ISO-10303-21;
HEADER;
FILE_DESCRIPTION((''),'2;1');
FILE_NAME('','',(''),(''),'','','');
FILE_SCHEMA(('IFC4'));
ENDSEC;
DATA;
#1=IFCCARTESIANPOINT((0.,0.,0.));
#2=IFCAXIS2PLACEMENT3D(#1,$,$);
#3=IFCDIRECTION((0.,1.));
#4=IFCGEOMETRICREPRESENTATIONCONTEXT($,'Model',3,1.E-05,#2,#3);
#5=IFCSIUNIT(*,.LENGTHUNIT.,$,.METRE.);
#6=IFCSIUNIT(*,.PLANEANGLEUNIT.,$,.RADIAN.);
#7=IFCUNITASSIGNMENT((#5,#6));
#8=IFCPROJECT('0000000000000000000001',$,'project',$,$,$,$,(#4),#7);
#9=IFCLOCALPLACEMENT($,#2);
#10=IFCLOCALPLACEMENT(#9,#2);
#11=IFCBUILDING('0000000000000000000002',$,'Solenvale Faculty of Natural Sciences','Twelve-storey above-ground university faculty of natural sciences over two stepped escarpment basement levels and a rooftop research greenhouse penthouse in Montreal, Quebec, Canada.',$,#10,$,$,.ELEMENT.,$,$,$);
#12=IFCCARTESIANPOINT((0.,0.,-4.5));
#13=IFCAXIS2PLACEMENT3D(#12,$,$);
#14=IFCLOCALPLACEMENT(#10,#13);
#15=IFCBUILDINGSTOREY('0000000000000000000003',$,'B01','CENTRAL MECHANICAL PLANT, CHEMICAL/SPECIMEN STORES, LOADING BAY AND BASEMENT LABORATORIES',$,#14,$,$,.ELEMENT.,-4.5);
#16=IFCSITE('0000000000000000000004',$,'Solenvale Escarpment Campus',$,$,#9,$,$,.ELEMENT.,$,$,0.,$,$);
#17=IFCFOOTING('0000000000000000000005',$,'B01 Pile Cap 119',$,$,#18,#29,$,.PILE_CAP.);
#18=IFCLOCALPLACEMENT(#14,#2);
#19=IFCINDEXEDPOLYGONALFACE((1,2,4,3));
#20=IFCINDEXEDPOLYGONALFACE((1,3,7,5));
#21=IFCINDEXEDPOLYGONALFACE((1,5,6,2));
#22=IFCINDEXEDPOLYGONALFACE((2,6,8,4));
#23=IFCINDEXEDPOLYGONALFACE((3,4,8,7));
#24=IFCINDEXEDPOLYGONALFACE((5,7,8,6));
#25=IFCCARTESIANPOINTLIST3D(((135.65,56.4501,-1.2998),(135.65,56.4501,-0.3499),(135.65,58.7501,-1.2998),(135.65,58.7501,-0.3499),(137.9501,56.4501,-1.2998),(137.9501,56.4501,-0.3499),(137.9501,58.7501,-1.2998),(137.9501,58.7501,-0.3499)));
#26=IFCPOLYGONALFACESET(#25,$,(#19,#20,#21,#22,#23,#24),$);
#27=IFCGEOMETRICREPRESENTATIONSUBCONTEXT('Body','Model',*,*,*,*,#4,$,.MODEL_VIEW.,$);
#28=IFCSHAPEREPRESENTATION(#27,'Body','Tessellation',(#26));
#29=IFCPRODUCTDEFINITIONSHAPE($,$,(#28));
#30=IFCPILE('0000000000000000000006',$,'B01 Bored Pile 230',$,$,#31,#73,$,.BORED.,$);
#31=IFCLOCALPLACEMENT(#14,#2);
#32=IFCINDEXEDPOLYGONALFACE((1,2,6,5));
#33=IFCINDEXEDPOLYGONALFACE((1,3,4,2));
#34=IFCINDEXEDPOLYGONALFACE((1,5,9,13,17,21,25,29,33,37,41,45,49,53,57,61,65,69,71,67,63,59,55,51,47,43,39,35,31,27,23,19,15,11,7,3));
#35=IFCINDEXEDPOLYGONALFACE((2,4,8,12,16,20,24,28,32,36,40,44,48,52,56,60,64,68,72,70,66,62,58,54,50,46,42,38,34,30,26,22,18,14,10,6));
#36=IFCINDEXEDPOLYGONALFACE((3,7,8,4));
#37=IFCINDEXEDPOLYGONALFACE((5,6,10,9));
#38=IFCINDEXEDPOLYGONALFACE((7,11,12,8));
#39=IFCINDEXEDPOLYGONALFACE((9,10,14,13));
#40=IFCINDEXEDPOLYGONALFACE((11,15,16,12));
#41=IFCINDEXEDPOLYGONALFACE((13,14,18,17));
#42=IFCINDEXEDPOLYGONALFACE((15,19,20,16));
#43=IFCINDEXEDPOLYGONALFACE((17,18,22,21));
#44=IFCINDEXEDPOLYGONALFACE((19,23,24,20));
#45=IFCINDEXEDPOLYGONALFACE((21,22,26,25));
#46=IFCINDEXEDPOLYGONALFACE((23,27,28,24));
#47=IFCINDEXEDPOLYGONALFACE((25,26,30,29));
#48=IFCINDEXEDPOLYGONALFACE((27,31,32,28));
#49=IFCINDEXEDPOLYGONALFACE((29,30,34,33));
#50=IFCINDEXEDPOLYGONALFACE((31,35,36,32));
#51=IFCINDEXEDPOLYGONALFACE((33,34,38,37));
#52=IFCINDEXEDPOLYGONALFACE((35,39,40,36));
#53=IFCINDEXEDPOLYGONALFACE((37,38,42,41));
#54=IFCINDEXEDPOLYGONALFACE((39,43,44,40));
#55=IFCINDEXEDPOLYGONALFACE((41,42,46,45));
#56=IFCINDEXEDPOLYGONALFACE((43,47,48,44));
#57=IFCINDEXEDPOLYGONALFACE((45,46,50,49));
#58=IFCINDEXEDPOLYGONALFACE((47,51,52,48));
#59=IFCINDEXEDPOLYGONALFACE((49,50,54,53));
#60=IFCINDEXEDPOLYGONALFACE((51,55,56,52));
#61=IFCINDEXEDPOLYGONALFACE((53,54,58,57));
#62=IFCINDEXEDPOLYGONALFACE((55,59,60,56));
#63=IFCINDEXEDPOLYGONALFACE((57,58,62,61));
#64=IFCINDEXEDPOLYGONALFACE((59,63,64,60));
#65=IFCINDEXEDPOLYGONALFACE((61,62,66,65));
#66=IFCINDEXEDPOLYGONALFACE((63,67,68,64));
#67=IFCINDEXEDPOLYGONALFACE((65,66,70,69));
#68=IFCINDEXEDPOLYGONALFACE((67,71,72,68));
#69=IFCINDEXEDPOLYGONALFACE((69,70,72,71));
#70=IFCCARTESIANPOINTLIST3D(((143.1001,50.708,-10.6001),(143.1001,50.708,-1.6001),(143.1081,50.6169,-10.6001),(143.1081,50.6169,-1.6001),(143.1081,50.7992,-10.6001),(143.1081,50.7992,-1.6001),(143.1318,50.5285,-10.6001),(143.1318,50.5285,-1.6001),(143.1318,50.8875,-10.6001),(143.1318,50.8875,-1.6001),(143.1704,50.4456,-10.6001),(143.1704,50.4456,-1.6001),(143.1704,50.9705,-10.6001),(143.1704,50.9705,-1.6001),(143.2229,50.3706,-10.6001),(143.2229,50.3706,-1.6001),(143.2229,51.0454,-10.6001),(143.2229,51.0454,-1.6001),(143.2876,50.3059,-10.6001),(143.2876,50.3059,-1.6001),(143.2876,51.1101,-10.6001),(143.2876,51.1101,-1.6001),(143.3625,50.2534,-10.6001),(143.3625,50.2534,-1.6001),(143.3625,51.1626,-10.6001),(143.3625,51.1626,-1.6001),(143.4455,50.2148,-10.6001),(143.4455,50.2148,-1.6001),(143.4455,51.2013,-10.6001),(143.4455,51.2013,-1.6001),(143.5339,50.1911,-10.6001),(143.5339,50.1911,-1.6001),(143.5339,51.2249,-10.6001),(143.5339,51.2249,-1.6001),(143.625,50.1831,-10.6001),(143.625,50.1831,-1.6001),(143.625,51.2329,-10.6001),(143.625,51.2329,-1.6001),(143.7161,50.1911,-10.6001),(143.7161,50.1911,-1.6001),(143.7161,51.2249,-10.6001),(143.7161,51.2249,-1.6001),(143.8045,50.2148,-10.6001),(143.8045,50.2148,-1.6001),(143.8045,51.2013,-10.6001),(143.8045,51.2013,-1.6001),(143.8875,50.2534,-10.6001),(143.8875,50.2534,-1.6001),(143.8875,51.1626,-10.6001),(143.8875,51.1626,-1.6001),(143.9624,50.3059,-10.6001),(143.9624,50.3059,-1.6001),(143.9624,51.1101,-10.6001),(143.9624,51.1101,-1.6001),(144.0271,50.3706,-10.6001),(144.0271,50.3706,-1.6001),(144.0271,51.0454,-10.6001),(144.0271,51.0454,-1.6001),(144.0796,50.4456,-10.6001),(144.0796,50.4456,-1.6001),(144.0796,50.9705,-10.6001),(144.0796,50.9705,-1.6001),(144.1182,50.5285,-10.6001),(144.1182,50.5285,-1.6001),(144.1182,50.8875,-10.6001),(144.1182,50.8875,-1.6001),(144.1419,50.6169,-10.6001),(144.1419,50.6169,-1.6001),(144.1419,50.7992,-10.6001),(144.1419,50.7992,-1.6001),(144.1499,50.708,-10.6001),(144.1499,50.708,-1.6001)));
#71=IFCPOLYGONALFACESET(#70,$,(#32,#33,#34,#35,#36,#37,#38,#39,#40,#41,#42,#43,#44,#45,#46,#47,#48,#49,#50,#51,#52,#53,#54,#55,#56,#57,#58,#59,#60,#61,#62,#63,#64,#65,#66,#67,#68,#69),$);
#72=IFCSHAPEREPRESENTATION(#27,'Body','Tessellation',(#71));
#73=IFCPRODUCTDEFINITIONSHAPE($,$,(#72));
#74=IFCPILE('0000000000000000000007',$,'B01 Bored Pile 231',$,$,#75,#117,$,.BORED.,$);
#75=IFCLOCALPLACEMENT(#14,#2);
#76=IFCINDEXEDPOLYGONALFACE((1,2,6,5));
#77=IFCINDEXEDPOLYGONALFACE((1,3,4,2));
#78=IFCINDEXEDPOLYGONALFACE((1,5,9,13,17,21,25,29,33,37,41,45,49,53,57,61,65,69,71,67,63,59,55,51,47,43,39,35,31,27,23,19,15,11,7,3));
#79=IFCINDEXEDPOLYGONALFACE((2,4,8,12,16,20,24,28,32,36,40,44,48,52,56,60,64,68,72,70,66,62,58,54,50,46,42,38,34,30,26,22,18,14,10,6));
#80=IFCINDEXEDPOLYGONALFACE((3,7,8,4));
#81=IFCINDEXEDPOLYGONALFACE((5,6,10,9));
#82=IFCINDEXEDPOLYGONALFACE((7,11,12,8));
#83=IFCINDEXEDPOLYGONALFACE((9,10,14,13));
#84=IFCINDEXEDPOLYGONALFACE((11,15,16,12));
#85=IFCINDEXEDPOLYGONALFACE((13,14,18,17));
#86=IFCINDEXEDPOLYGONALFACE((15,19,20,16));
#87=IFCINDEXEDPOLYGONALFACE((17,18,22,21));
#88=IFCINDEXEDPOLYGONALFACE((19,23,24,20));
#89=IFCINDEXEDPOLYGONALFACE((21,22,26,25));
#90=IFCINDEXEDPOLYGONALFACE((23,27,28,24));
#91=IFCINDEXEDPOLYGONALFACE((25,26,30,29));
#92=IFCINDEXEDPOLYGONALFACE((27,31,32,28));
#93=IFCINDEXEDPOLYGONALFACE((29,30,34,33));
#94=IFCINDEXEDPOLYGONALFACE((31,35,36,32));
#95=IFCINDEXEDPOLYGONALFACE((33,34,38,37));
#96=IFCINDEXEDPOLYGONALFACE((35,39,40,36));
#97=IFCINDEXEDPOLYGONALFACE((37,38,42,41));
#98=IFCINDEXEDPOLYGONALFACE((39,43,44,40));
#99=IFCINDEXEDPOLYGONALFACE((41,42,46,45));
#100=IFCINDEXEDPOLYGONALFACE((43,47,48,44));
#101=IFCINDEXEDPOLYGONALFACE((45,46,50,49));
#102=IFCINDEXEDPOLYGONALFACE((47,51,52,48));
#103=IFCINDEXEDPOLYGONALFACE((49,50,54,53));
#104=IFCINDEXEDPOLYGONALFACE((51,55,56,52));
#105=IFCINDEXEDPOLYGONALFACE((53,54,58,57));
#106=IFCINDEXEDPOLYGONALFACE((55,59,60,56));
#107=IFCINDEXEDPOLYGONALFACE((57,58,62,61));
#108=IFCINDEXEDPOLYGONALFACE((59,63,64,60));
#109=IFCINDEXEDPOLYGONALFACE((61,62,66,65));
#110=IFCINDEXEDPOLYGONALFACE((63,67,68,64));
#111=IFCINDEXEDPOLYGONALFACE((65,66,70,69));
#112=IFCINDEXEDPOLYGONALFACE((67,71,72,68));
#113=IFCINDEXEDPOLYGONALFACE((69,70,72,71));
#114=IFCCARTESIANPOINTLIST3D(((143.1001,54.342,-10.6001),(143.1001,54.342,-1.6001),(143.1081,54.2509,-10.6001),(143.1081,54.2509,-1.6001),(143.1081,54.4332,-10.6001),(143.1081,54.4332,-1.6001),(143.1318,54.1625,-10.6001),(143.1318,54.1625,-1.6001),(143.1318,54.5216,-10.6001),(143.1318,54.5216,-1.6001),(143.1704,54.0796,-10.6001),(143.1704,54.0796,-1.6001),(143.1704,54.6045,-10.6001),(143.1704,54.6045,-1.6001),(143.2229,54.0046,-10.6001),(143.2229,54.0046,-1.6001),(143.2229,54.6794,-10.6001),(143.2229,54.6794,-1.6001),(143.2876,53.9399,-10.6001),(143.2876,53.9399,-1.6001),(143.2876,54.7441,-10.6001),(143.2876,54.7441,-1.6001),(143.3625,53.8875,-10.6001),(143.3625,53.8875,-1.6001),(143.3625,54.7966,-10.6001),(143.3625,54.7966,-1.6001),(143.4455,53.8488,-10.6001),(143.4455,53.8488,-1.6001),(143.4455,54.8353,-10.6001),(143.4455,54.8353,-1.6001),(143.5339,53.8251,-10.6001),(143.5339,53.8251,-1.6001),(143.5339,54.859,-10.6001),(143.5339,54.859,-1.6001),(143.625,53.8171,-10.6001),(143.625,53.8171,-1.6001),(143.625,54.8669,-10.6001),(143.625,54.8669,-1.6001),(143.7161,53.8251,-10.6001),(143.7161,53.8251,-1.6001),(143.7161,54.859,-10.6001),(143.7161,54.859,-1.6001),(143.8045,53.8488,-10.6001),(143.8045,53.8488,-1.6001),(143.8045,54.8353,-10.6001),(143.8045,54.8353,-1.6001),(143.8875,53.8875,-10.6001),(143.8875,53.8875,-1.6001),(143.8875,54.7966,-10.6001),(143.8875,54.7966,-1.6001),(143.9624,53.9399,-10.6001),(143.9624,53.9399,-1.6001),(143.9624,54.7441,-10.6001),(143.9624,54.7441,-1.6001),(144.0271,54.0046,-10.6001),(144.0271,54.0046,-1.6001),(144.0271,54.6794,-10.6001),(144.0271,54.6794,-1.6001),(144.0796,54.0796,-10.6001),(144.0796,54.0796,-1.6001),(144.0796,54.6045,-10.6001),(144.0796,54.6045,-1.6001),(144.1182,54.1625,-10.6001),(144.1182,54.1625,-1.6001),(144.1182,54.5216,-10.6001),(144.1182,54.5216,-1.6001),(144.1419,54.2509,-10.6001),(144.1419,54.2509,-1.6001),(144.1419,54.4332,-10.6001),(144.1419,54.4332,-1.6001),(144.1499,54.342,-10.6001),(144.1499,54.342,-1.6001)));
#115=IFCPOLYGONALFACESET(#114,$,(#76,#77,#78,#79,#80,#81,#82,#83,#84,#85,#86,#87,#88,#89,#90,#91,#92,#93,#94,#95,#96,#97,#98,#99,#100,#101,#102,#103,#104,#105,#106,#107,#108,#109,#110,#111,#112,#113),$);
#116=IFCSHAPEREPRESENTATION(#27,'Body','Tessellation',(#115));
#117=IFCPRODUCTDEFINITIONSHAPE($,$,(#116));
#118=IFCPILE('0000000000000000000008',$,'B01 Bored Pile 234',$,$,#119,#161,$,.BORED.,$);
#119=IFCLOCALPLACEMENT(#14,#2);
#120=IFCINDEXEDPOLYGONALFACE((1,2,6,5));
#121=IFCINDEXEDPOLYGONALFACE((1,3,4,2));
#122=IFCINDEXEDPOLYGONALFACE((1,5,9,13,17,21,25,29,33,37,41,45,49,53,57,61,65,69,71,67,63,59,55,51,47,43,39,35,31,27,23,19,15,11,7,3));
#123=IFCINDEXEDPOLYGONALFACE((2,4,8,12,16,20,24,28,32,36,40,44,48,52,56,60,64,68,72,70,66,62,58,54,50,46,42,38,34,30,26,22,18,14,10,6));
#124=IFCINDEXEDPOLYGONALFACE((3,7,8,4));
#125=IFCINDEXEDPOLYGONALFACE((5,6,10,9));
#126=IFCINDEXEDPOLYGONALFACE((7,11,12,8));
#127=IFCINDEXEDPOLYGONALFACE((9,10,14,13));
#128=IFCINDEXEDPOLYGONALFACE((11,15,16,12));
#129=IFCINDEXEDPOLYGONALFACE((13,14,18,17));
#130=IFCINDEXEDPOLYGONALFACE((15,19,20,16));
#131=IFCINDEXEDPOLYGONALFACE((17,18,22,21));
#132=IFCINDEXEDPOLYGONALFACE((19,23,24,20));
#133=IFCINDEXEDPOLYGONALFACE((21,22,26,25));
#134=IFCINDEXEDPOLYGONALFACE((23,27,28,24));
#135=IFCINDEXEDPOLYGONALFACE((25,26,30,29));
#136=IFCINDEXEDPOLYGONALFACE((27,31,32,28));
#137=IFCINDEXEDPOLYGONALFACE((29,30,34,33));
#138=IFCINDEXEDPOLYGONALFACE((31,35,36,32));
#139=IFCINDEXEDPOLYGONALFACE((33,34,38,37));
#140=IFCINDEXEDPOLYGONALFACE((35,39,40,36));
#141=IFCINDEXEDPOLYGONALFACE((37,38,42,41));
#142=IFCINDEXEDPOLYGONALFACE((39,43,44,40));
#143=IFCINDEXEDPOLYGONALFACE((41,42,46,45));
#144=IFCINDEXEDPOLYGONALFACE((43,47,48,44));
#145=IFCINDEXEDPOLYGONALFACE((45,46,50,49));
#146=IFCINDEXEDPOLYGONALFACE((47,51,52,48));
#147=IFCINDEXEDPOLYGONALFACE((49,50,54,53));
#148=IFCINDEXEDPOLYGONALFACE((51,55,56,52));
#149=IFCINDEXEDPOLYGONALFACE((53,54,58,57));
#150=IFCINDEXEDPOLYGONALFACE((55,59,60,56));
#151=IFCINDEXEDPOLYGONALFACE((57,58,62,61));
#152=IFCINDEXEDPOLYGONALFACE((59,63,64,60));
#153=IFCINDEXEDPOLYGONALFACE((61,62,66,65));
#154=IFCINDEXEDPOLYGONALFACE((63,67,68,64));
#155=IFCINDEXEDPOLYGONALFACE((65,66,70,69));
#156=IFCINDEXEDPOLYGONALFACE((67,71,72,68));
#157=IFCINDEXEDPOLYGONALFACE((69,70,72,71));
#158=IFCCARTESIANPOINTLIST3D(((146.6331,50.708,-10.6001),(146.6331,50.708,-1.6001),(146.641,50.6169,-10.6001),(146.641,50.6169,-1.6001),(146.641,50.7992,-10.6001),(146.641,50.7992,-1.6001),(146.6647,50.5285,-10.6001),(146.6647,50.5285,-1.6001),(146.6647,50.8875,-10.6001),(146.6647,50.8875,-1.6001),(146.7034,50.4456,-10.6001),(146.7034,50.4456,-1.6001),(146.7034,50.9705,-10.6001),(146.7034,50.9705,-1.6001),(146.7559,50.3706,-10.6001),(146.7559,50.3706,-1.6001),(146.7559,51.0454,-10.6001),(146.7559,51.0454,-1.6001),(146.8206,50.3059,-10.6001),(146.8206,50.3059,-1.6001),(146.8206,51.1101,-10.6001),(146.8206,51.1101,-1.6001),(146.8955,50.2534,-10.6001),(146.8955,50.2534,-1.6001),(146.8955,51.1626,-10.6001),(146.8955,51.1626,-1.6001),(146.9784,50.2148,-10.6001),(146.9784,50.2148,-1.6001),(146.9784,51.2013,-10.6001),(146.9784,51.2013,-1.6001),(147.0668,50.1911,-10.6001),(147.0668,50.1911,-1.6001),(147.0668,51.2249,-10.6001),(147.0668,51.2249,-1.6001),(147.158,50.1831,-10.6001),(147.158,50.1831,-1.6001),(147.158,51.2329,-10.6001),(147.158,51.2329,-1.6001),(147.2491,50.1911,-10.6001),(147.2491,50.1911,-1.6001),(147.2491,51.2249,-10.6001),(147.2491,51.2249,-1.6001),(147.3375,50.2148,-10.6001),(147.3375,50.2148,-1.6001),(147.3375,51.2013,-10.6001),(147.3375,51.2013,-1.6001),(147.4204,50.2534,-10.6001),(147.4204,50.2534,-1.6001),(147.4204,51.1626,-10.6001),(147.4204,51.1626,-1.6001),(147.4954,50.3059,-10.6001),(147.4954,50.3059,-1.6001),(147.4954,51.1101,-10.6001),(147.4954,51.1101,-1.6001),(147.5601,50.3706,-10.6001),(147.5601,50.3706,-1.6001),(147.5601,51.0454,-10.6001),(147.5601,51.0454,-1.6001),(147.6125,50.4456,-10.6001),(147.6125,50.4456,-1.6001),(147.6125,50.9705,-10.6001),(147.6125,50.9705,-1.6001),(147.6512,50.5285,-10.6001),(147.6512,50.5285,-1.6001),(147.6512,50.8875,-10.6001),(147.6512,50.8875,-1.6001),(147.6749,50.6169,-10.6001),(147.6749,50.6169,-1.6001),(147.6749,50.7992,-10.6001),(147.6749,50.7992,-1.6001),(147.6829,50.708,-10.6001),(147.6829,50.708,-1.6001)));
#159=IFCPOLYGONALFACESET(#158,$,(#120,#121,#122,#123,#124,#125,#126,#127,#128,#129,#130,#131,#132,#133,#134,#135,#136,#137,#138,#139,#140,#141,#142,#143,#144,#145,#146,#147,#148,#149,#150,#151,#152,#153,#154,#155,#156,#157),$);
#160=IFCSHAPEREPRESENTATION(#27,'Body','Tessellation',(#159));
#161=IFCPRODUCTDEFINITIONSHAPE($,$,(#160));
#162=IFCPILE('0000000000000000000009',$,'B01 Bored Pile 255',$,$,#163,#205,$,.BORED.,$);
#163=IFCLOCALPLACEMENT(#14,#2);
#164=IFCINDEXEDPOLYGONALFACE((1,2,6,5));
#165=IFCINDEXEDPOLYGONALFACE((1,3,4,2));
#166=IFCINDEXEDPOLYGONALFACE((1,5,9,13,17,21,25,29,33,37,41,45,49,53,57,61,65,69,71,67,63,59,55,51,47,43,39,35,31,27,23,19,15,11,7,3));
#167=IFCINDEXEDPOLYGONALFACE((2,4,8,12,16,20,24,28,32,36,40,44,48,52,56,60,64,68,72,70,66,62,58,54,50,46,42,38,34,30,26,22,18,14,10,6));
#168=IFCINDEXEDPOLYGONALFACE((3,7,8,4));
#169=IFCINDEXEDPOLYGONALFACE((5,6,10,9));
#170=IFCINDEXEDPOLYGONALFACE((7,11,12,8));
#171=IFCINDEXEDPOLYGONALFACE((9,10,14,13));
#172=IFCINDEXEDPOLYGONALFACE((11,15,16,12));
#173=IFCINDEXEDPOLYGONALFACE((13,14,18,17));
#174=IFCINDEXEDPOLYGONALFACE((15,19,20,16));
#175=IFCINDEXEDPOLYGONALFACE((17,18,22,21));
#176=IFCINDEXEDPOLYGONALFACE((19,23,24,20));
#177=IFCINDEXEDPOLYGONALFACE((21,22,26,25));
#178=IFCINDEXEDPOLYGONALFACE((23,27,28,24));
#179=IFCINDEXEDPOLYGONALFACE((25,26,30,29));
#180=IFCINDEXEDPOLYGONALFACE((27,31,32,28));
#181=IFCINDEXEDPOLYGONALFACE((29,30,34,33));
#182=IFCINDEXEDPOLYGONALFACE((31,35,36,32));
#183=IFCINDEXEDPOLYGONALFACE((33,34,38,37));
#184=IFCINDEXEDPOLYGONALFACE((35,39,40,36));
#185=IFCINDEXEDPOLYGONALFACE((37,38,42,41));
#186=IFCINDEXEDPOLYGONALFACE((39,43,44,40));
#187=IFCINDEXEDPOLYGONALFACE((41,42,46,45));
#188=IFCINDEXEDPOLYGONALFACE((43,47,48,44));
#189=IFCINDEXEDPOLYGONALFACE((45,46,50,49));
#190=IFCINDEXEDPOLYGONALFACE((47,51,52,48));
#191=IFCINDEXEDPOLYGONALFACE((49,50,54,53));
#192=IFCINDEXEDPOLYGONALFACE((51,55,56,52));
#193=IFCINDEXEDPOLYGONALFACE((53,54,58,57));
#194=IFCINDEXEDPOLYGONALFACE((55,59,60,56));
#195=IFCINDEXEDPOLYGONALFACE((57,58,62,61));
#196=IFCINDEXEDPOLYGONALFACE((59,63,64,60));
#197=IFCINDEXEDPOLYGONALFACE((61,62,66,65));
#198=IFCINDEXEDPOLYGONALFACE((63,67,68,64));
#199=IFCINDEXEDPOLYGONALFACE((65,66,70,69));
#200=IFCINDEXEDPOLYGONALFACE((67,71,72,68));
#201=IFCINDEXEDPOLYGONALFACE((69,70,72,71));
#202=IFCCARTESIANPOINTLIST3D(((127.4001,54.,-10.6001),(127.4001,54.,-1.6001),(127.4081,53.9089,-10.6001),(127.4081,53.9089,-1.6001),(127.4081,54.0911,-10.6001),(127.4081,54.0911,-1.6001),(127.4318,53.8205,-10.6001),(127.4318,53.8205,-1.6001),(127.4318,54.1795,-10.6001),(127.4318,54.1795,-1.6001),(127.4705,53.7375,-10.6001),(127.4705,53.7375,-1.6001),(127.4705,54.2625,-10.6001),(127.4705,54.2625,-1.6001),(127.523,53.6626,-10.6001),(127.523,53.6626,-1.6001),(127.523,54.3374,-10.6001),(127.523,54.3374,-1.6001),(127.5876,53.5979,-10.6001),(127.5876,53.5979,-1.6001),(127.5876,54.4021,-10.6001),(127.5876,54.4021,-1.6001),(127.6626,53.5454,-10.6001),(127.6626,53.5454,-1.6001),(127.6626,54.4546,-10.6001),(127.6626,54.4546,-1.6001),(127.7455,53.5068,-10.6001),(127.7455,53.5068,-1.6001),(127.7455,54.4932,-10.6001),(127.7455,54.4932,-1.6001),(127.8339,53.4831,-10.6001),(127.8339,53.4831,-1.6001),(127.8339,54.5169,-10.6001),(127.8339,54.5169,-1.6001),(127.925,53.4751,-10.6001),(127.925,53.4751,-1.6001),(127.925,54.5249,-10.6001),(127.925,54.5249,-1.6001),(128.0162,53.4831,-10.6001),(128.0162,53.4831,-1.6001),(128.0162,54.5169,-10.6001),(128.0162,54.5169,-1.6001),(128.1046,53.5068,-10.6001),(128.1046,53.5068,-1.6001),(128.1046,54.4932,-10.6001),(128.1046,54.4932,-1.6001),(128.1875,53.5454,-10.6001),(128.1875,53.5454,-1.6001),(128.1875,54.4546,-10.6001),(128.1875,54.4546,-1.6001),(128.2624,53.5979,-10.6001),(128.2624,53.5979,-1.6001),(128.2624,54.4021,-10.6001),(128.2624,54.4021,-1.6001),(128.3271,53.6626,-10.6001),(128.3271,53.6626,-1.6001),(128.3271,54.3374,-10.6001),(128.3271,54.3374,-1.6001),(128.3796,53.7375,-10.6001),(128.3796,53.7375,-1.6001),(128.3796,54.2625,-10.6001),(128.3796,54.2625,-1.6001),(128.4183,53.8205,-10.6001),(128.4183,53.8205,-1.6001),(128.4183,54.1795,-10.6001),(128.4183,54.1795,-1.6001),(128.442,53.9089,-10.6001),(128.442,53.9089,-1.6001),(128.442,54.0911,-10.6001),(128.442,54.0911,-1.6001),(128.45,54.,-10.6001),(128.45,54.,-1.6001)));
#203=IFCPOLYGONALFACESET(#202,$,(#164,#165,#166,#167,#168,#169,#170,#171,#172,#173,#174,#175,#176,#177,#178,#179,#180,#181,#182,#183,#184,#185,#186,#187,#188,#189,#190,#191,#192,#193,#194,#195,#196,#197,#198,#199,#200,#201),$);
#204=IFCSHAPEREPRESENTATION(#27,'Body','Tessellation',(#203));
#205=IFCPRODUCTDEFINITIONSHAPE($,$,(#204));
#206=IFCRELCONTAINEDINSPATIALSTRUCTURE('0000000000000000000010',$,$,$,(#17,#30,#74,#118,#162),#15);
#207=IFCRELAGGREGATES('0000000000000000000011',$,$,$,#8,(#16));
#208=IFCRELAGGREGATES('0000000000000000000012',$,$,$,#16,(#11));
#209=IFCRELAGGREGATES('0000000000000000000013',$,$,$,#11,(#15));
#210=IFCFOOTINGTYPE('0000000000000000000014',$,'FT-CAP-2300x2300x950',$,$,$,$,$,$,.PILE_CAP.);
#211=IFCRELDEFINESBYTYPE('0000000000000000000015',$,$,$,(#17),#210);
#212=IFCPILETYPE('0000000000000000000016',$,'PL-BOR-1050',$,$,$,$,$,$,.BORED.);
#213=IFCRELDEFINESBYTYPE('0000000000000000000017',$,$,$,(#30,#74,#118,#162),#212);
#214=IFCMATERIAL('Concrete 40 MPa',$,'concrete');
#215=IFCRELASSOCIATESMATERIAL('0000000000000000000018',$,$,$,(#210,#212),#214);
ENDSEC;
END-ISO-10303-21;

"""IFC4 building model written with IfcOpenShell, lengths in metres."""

from ifc_helpers import new_model, si_unit, direction, frame, origin, origin_2d, place, context, subcontext, project, spatial, rectangle, circle, extrude, material, material_profile, profile_set, type_object, element, save


model = new_model("IFC4")

# Units and contexts
model_context = context("Model", 3, precision=1e-05, world=origin(), true_north=direction((0.0, 1.0)))
body_context = subcontext(model_context, "Body", "Model", "MODEL_VIEW")
ifc_project = project(units=[si_unit("LENGTHUNIT", "METRE"), si_unit("PLANEANGLEUNIT", "RADIAN")], contexts=[model_context])

# Site, building, storey
site_placement = place(None, origin())
site = spatial("IfcSite", under=ifc_project, at=site_placement, Name="Solenvale Escarpment Campus", CompositionType="ELEMENT", RefElevation=0.0)
building_placement = place(site_placement, origin())
building = spatial("IfcBuilding", under=site, at=building_placement, Name="Solenvale Faculty of Natural Sciences", Description="Twelve-storey above-ground university faculty of natural sciences over two stepped escarpment basement levels and a rooftop research greenhouse penthouse in Montreal, Quebec, Canada.", CompositionType="ELEMENT")
storey_placement = place(building_placement, frame((0.0, 0.0, -4.5)))
storey = spatial("IfcBuildingStorey", under=building, at=storey_placement, Name="B01", Description="CENTRAL MECHANICAL PLANT, CHEMICAL/SPECIMEN STORES, LOADING BAY AND BASEMENT LABORATORIES", CompositionType="ELEMENT", Elevation=-4.5)

# Footing
ifc_material_1 = material(Name="Concrete 40 MPa", Category="concrete")
footing_type = type_object("IfcFootingType", Name="FT-CAP-2300x2300x950", PredefinedType="PILE_CAP", material=ifc_material_1)
footing_placement = place(storey_placement, frame((136.8, 57.6001, -1.2998), z_axis=(0.0, 0.0, 1.0), x_axis=(1.0, 0.0, 0.0)))
element("IfcFooting", 1, at=footing_placement, inside=storey, type_object=footing_type, Name="B01 Pile Cap 119", PredefinedType="PILE_CAP", context=body_context, shape_type="SweptSolid", body=[
    extrude(rectangle(XDim=2.3, YDim=2.3, at=origin_2d()), origin(), (0.0, 0.0, 1.0), 0.95),
])

# Piles
ifc_material_profile_1 = material_profile(ifc_material_1, circle(Radius=0.5249, at=origin_2d()), Name="PILE-D1050")
ifc_profile_set_1 = profile_set([ifc_material_profile_1], Name="Concrete 40 MPa")
pile_type_1 = type_object("IfcPileType", Name="PL-BOR-1050", PredefinedType="BORED", material=ifc_profile_set_1)
for number, where, z_axis, x_axis, name in (
    (2, (143.625, 50.708, -1.6001), (0.0, 0.0, -1.0), (1.0, 0.0, 0.0), "B01 Bored Pile 230"),
    (3, (143.625, 54.342, -1.6001), (0.0, 0.0, -1.0), (1.0, 0.0, 0.0), "B01 Bored Pile 231"),
    (4, (147.158, 50.708, -1.6001), (0.0, 0.0, -1.0), (1.0, 0.0, 0.0), "B01 Bored Pile 234"),
    (5, (127.925, 54.0, -1.6001), (0.0, 0.0, -1.0), (1.0, 0.0, 0.0), "B01 Bored Pile 255"),
):
    element("IfcPile", number, at=place(storey_placement, frame(where, z_axis=z_axis, x_axis=x_axis)), inside=storey, type_object=pile_type_1, Name=name, PredefinedType="BORED", context=body_context, shape_type="SweptSolid", body=[
        extrude(circle(Radius=0.5249, at=origin_2d()), origin(), (0.0, 0.0, 1.0), 9.0),
    ])

save(model, "model.ifc")
